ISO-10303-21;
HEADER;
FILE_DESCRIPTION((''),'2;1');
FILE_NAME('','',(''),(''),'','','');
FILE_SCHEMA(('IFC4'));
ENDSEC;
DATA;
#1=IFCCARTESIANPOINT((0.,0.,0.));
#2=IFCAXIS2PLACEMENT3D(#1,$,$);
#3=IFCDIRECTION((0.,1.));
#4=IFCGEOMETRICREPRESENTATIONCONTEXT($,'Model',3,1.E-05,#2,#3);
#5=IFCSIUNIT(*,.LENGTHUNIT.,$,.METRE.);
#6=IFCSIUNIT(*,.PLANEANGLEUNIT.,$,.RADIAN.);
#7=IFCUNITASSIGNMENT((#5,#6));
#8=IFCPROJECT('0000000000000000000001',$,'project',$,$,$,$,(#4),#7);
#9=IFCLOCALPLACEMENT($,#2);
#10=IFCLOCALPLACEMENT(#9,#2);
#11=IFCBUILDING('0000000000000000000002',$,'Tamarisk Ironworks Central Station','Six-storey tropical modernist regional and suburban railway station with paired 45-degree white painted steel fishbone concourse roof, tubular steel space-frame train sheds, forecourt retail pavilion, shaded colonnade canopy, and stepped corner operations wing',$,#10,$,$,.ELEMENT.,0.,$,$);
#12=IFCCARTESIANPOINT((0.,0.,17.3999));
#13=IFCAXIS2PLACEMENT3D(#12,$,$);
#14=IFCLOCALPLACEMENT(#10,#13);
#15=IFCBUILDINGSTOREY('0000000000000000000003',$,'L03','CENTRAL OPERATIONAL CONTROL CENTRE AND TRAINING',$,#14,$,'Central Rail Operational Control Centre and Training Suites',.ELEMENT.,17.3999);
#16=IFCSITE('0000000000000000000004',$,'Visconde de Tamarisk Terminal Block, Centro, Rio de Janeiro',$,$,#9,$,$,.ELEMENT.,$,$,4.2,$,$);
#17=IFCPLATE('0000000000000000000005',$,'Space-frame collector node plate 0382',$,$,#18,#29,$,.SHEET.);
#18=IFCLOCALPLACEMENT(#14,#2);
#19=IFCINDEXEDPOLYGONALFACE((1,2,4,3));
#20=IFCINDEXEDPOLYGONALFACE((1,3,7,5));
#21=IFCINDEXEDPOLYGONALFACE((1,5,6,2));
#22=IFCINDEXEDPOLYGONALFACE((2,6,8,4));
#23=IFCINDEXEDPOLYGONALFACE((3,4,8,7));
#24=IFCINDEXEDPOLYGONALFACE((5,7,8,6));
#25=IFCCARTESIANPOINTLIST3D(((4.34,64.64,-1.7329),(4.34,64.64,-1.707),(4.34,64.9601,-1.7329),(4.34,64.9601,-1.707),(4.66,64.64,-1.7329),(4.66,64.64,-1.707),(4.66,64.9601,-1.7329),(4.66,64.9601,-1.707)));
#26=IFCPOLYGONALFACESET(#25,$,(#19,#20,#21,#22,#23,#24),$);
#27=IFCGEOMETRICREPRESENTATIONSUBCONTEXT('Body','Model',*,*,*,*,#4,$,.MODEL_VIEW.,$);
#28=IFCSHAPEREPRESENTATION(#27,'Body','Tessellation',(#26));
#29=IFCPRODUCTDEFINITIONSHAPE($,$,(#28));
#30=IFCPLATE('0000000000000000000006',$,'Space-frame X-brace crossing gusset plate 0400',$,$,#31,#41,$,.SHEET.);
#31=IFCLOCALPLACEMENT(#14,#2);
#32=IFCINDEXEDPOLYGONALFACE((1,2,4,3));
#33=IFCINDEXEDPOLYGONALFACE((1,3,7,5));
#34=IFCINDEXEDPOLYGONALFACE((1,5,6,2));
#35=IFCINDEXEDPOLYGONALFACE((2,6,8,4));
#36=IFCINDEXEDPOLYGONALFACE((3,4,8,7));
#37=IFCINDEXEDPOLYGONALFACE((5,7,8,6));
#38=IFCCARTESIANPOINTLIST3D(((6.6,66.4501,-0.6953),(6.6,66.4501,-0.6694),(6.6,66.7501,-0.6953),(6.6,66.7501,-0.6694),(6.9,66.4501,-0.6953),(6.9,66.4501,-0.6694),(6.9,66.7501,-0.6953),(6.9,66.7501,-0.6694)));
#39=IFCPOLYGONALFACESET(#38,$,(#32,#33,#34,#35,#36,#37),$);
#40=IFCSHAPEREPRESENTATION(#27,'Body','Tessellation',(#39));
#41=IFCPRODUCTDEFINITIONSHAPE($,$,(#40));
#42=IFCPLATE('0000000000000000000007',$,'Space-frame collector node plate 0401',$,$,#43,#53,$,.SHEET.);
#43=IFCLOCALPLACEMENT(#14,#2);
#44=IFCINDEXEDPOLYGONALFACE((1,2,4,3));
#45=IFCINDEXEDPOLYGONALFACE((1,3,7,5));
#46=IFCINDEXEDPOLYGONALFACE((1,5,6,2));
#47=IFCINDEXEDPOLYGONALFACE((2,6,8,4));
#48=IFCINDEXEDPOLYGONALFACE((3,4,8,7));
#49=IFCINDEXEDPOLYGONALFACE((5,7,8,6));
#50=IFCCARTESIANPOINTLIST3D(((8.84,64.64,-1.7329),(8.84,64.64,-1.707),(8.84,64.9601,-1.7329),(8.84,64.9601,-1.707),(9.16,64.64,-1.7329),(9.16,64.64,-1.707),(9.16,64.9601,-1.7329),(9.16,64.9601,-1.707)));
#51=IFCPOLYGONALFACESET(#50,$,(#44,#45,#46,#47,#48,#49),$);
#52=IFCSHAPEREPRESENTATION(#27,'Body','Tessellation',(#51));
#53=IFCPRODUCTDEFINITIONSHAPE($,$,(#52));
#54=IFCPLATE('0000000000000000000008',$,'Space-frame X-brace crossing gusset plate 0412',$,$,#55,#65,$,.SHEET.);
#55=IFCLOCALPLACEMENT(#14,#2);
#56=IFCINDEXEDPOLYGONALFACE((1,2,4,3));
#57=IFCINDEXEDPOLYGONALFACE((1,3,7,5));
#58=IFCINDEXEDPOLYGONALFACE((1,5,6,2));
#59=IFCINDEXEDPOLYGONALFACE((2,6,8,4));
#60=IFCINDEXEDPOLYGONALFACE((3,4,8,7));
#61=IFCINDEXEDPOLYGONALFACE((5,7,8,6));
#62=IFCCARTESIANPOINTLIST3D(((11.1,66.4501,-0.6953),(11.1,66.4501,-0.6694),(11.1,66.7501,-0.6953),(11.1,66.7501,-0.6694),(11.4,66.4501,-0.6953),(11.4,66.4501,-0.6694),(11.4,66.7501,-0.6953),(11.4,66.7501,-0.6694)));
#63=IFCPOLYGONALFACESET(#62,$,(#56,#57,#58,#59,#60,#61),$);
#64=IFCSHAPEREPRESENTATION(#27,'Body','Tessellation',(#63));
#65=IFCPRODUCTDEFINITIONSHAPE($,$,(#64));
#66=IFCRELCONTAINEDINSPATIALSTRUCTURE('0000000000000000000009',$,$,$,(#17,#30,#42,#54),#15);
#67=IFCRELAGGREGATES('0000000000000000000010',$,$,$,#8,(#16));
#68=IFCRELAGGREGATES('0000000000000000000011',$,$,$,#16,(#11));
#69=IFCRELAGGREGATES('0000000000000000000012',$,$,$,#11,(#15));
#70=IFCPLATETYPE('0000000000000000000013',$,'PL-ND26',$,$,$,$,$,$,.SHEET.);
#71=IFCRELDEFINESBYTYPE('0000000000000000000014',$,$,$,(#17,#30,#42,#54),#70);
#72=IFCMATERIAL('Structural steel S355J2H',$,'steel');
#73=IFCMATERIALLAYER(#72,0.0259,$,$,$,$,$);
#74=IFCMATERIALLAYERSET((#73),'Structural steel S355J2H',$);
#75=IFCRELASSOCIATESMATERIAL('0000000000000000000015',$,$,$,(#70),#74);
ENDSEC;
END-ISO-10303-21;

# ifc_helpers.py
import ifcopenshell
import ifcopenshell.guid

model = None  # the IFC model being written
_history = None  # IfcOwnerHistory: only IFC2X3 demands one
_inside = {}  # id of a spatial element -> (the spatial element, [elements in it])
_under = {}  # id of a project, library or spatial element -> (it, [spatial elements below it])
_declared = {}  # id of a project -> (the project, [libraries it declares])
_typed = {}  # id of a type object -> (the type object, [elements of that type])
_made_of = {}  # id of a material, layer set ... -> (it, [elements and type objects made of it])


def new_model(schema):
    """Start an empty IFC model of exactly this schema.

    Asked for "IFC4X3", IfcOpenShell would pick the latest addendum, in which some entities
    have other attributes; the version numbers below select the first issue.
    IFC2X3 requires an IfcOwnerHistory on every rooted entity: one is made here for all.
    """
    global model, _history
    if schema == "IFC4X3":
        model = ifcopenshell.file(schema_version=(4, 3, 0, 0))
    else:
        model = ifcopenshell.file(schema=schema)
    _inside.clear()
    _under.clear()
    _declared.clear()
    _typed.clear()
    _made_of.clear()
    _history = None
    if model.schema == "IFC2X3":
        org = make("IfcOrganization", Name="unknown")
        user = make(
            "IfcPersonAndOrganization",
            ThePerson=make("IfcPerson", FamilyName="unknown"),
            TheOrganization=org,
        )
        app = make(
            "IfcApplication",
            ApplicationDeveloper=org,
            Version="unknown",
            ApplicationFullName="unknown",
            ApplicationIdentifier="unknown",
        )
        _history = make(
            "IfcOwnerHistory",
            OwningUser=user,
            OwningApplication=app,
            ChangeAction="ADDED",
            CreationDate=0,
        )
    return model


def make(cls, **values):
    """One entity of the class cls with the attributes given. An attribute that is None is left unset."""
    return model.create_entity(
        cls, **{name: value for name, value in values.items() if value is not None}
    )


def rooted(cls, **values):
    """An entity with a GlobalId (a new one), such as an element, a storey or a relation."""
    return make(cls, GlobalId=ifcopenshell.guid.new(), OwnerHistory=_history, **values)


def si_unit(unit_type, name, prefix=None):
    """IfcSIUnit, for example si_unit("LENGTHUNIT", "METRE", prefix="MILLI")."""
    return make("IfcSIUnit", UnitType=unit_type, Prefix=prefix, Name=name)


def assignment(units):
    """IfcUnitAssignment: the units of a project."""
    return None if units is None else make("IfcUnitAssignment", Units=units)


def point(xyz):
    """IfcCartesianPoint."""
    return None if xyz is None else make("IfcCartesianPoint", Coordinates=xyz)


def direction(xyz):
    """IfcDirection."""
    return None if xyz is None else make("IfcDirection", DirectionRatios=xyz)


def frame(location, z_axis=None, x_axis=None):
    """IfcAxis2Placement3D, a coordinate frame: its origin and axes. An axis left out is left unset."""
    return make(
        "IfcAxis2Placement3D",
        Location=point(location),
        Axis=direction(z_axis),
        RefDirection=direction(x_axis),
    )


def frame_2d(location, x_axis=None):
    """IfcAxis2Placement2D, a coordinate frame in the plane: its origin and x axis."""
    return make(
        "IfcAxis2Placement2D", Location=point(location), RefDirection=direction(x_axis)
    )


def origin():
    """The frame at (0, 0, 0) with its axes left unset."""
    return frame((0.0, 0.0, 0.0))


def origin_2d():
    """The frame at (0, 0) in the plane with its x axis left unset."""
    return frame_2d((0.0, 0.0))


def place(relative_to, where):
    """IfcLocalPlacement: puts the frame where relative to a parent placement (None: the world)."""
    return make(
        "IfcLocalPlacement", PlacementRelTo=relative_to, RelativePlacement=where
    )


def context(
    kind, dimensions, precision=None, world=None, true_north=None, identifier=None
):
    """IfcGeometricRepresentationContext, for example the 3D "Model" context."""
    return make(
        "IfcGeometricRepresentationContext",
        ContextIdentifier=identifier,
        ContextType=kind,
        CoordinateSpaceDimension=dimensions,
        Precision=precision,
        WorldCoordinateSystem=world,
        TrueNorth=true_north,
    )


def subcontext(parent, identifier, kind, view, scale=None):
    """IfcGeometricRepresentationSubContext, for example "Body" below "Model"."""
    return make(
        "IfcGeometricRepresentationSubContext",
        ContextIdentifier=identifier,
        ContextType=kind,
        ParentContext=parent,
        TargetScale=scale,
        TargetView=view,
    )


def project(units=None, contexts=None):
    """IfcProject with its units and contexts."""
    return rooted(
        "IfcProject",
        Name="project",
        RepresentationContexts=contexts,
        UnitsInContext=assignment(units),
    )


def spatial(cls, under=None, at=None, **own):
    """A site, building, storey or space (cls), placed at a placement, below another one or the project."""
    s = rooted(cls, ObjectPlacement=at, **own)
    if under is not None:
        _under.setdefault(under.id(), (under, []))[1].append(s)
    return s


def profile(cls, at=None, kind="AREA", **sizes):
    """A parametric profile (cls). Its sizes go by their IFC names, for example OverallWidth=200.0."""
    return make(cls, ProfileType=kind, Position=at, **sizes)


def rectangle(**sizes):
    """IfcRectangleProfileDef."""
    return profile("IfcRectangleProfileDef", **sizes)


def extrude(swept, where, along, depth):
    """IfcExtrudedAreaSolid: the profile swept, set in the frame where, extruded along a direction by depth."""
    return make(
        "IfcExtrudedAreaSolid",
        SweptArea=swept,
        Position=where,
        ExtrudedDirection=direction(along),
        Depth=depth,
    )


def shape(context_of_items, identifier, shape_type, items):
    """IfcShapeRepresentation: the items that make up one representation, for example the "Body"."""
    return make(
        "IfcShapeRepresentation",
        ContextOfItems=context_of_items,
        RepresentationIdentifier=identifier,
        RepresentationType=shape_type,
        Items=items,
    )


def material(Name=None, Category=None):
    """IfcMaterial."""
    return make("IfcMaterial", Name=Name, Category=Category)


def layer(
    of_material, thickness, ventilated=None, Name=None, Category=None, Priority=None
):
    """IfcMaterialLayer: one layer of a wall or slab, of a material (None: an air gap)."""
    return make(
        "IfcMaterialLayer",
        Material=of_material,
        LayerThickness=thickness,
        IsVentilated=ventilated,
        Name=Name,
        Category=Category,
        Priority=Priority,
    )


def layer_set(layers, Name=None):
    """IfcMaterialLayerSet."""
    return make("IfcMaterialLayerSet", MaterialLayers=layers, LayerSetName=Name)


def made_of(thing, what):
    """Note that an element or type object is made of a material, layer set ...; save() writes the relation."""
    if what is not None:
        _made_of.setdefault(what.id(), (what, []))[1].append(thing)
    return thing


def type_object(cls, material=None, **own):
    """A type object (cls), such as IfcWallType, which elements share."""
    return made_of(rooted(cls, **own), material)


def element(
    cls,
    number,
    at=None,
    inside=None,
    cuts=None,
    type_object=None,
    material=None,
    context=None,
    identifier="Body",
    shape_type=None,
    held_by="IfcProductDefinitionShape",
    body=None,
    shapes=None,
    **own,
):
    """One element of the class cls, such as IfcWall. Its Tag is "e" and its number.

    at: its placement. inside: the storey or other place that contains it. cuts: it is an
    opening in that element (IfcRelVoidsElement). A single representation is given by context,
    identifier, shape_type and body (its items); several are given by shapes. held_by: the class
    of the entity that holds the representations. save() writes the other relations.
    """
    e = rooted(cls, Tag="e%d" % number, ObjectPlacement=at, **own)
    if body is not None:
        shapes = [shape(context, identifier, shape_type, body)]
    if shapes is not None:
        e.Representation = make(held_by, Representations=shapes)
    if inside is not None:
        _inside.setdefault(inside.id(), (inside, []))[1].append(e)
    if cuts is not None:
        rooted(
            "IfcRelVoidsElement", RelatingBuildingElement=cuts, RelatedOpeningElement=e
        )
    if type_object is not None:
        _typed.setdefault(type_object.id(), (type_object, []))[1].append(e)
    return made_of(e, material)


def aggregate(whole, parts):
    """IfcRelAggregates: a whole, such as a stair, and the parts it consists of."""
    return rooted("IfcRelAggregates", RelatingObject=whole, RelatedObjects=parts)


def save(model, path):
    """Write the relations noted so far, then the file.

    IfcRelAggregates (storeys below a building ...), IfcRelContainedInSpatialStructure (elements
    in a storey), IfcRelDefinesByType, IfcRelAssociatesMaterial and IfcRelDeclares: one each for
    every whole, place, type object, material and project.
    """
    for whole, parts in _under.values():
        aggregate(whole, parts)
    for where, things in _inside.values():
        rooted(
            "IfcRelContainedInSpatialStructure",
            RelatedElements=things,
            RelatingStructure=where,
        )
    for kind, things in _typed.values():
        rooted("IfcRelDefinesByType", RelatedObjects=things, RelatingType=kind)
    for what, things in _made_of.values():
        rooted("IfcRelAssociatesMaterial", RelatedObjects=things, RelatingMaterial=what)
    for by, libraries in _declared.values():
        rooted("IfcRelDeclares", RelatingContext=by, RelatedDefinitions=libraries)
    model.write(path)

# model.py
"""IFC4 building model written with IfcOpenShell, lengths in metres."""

from ifc_helpers import new_model, si_unit, direction, frame, origin, origin_2d, place, context, subcontext, project, spatial, rectangle, extrude, material, layer, layer_set, type_object, element, save


model = new_model("IFC4")

# Units and contexts
model_context = context("Model", 3, precision=1e-05, world=origin(), true_north=direction((0.0, 1.0)))
body_context = subcontext(model_context, "Body", "Model", "MODEL_VIEW")
ifc_project = project(units=[si_unit("LENGTHUNIT", "METRE"), si_unit("PLANEANGLEUNIT", "RADIAN")], contexts=[model_context])

# Site, building, storey
site_placement = place(None, origin())
site = spatial("IfcSite", under=ifc_project, at=site_placement, Name="Visconde de Tamarisk Terminal Block, Centro, Rio de Janeiro", CompositionType="ELEMENT", RefElevation=4.2)
building_placement = place(site_placement, origin())
building = spatial("IfcBuilding", under=site, at=building_placement, Name="Tamarisk Ironworks Central Station", Description="Six-storey tropical modernist regional and suburban railway station with paired 45-degree white painted steel fishbone concourse roof, tubular steel space-frame train sheds, forecourt retail pavilion, shaded colonnade canopy, and stepped corner operations wing", CompositionType="ELEMENT", ElevationOfRefHeight=0.0)
storey_placement = place(building_placement, frame((0.0, 0.0, 17.3999)))
storey = spatial("IfcBuildingStorey", under=building, at=storey_placement, Name="L03", Description="CENTRAL OPERATIONAL CONTROL CENTRE AND TRAINING", LongName="Central Rail Operational Control Centre and Training Suites", CompositionType="ELEMENT", Elevation=17.3999)

# Shared definitions
ifc_material_1 = material(Name="Structural steel S355J2H", Category="steel")

# Plates
ifc_layer = layer(ifc_material_1, 0.0259)
ifc_layer_set = layer_set([ifc_layer], Name="Structural steel S355J2H")
plate_type = type_object("IfcPlateType", Name="PL-ND26", PredefinedType="SHEET", material=ifc_layer_set)
plate_1_placement = place(storey_placement, frame((4.5, 64.8, -1.7329), z_axis=(0.0, 0.0, 1.0), x_axis=(1.0, 0.0, 0.0)))
element("IfcPlate", 1, at=plate_1_placement, inside=storey, type_object=plate_type, Name="Space-frame collector node plate 0382", PredefinedType="SHEET", context=body_context, shape_type="SweptSolid", body=[
    extrude(rectangle(XDim=0.3201, YDim=0.3201, at=origin_2d()), origin(), (0.0, 0.0, 1.0), 0.0259),
])
plate_2_placement = place(storey_placement, frame((6.75, 66.6001, -0.6953), z_axis=(0.0, 0.0, 1.0), x_axis=(1.0, 0.0, 0.0)))
element("IfcPlate", 2, at=plate_2_placement, inside=storey, type_object=plate_type, Name="Space-frame X-brace crossing gusset plate 0400", PredefinedType="SHEET", context=body_context, shape_type="SweptSolid", body=[
    extrude(rectangle(XDim=0.3, YDim=0.3, at=origin_2d()), origin(), (0.0, 0.0, 1.0), 0.0259),
])
plate_3_placement = place(storey_placement, frame((9.0, 64.8, -1.7329), z_axis=(0.0, 0.0, 1.0), x_axis=(1.0, 0.0, 0.0)))
element("IfcPlate", 3, at=plate_3_placement, inside=storey, type_object=plate_type, Name="Space-frame collector node plate 0401", PredefinedType="SHEET", context=body_context, shape_type="SweptSolid", body=[
    extrude(rectangle(XDim=0.3201, YDim=0.3201, at=origin_2d()), origin(), (0.0, 0.0, 1.0), 0.0259),
])
plate_4_placement = place(storey_placement, frame((11.25, 66.6001, -0.6953), z_axis=(0.0, 0.0, 1.0), x_axis=(1.0, 0.0, 0.0)))
element("IfcPlate", 4, at=plate_4_placement, inside=storey, type_object=plate_type, Name="Space-frame X-brace crossing gusset plate 0412", PredefinedType="SHEET", context=body_context, shape_type="SweptSolid", body=[
    extrude(rectangle(XDim=0.3, YDim=0.3, at=origin_2d()), origin(), (0.0, 0.0, 1.0), 0.0259),
])

save(model, "model.ifc")
